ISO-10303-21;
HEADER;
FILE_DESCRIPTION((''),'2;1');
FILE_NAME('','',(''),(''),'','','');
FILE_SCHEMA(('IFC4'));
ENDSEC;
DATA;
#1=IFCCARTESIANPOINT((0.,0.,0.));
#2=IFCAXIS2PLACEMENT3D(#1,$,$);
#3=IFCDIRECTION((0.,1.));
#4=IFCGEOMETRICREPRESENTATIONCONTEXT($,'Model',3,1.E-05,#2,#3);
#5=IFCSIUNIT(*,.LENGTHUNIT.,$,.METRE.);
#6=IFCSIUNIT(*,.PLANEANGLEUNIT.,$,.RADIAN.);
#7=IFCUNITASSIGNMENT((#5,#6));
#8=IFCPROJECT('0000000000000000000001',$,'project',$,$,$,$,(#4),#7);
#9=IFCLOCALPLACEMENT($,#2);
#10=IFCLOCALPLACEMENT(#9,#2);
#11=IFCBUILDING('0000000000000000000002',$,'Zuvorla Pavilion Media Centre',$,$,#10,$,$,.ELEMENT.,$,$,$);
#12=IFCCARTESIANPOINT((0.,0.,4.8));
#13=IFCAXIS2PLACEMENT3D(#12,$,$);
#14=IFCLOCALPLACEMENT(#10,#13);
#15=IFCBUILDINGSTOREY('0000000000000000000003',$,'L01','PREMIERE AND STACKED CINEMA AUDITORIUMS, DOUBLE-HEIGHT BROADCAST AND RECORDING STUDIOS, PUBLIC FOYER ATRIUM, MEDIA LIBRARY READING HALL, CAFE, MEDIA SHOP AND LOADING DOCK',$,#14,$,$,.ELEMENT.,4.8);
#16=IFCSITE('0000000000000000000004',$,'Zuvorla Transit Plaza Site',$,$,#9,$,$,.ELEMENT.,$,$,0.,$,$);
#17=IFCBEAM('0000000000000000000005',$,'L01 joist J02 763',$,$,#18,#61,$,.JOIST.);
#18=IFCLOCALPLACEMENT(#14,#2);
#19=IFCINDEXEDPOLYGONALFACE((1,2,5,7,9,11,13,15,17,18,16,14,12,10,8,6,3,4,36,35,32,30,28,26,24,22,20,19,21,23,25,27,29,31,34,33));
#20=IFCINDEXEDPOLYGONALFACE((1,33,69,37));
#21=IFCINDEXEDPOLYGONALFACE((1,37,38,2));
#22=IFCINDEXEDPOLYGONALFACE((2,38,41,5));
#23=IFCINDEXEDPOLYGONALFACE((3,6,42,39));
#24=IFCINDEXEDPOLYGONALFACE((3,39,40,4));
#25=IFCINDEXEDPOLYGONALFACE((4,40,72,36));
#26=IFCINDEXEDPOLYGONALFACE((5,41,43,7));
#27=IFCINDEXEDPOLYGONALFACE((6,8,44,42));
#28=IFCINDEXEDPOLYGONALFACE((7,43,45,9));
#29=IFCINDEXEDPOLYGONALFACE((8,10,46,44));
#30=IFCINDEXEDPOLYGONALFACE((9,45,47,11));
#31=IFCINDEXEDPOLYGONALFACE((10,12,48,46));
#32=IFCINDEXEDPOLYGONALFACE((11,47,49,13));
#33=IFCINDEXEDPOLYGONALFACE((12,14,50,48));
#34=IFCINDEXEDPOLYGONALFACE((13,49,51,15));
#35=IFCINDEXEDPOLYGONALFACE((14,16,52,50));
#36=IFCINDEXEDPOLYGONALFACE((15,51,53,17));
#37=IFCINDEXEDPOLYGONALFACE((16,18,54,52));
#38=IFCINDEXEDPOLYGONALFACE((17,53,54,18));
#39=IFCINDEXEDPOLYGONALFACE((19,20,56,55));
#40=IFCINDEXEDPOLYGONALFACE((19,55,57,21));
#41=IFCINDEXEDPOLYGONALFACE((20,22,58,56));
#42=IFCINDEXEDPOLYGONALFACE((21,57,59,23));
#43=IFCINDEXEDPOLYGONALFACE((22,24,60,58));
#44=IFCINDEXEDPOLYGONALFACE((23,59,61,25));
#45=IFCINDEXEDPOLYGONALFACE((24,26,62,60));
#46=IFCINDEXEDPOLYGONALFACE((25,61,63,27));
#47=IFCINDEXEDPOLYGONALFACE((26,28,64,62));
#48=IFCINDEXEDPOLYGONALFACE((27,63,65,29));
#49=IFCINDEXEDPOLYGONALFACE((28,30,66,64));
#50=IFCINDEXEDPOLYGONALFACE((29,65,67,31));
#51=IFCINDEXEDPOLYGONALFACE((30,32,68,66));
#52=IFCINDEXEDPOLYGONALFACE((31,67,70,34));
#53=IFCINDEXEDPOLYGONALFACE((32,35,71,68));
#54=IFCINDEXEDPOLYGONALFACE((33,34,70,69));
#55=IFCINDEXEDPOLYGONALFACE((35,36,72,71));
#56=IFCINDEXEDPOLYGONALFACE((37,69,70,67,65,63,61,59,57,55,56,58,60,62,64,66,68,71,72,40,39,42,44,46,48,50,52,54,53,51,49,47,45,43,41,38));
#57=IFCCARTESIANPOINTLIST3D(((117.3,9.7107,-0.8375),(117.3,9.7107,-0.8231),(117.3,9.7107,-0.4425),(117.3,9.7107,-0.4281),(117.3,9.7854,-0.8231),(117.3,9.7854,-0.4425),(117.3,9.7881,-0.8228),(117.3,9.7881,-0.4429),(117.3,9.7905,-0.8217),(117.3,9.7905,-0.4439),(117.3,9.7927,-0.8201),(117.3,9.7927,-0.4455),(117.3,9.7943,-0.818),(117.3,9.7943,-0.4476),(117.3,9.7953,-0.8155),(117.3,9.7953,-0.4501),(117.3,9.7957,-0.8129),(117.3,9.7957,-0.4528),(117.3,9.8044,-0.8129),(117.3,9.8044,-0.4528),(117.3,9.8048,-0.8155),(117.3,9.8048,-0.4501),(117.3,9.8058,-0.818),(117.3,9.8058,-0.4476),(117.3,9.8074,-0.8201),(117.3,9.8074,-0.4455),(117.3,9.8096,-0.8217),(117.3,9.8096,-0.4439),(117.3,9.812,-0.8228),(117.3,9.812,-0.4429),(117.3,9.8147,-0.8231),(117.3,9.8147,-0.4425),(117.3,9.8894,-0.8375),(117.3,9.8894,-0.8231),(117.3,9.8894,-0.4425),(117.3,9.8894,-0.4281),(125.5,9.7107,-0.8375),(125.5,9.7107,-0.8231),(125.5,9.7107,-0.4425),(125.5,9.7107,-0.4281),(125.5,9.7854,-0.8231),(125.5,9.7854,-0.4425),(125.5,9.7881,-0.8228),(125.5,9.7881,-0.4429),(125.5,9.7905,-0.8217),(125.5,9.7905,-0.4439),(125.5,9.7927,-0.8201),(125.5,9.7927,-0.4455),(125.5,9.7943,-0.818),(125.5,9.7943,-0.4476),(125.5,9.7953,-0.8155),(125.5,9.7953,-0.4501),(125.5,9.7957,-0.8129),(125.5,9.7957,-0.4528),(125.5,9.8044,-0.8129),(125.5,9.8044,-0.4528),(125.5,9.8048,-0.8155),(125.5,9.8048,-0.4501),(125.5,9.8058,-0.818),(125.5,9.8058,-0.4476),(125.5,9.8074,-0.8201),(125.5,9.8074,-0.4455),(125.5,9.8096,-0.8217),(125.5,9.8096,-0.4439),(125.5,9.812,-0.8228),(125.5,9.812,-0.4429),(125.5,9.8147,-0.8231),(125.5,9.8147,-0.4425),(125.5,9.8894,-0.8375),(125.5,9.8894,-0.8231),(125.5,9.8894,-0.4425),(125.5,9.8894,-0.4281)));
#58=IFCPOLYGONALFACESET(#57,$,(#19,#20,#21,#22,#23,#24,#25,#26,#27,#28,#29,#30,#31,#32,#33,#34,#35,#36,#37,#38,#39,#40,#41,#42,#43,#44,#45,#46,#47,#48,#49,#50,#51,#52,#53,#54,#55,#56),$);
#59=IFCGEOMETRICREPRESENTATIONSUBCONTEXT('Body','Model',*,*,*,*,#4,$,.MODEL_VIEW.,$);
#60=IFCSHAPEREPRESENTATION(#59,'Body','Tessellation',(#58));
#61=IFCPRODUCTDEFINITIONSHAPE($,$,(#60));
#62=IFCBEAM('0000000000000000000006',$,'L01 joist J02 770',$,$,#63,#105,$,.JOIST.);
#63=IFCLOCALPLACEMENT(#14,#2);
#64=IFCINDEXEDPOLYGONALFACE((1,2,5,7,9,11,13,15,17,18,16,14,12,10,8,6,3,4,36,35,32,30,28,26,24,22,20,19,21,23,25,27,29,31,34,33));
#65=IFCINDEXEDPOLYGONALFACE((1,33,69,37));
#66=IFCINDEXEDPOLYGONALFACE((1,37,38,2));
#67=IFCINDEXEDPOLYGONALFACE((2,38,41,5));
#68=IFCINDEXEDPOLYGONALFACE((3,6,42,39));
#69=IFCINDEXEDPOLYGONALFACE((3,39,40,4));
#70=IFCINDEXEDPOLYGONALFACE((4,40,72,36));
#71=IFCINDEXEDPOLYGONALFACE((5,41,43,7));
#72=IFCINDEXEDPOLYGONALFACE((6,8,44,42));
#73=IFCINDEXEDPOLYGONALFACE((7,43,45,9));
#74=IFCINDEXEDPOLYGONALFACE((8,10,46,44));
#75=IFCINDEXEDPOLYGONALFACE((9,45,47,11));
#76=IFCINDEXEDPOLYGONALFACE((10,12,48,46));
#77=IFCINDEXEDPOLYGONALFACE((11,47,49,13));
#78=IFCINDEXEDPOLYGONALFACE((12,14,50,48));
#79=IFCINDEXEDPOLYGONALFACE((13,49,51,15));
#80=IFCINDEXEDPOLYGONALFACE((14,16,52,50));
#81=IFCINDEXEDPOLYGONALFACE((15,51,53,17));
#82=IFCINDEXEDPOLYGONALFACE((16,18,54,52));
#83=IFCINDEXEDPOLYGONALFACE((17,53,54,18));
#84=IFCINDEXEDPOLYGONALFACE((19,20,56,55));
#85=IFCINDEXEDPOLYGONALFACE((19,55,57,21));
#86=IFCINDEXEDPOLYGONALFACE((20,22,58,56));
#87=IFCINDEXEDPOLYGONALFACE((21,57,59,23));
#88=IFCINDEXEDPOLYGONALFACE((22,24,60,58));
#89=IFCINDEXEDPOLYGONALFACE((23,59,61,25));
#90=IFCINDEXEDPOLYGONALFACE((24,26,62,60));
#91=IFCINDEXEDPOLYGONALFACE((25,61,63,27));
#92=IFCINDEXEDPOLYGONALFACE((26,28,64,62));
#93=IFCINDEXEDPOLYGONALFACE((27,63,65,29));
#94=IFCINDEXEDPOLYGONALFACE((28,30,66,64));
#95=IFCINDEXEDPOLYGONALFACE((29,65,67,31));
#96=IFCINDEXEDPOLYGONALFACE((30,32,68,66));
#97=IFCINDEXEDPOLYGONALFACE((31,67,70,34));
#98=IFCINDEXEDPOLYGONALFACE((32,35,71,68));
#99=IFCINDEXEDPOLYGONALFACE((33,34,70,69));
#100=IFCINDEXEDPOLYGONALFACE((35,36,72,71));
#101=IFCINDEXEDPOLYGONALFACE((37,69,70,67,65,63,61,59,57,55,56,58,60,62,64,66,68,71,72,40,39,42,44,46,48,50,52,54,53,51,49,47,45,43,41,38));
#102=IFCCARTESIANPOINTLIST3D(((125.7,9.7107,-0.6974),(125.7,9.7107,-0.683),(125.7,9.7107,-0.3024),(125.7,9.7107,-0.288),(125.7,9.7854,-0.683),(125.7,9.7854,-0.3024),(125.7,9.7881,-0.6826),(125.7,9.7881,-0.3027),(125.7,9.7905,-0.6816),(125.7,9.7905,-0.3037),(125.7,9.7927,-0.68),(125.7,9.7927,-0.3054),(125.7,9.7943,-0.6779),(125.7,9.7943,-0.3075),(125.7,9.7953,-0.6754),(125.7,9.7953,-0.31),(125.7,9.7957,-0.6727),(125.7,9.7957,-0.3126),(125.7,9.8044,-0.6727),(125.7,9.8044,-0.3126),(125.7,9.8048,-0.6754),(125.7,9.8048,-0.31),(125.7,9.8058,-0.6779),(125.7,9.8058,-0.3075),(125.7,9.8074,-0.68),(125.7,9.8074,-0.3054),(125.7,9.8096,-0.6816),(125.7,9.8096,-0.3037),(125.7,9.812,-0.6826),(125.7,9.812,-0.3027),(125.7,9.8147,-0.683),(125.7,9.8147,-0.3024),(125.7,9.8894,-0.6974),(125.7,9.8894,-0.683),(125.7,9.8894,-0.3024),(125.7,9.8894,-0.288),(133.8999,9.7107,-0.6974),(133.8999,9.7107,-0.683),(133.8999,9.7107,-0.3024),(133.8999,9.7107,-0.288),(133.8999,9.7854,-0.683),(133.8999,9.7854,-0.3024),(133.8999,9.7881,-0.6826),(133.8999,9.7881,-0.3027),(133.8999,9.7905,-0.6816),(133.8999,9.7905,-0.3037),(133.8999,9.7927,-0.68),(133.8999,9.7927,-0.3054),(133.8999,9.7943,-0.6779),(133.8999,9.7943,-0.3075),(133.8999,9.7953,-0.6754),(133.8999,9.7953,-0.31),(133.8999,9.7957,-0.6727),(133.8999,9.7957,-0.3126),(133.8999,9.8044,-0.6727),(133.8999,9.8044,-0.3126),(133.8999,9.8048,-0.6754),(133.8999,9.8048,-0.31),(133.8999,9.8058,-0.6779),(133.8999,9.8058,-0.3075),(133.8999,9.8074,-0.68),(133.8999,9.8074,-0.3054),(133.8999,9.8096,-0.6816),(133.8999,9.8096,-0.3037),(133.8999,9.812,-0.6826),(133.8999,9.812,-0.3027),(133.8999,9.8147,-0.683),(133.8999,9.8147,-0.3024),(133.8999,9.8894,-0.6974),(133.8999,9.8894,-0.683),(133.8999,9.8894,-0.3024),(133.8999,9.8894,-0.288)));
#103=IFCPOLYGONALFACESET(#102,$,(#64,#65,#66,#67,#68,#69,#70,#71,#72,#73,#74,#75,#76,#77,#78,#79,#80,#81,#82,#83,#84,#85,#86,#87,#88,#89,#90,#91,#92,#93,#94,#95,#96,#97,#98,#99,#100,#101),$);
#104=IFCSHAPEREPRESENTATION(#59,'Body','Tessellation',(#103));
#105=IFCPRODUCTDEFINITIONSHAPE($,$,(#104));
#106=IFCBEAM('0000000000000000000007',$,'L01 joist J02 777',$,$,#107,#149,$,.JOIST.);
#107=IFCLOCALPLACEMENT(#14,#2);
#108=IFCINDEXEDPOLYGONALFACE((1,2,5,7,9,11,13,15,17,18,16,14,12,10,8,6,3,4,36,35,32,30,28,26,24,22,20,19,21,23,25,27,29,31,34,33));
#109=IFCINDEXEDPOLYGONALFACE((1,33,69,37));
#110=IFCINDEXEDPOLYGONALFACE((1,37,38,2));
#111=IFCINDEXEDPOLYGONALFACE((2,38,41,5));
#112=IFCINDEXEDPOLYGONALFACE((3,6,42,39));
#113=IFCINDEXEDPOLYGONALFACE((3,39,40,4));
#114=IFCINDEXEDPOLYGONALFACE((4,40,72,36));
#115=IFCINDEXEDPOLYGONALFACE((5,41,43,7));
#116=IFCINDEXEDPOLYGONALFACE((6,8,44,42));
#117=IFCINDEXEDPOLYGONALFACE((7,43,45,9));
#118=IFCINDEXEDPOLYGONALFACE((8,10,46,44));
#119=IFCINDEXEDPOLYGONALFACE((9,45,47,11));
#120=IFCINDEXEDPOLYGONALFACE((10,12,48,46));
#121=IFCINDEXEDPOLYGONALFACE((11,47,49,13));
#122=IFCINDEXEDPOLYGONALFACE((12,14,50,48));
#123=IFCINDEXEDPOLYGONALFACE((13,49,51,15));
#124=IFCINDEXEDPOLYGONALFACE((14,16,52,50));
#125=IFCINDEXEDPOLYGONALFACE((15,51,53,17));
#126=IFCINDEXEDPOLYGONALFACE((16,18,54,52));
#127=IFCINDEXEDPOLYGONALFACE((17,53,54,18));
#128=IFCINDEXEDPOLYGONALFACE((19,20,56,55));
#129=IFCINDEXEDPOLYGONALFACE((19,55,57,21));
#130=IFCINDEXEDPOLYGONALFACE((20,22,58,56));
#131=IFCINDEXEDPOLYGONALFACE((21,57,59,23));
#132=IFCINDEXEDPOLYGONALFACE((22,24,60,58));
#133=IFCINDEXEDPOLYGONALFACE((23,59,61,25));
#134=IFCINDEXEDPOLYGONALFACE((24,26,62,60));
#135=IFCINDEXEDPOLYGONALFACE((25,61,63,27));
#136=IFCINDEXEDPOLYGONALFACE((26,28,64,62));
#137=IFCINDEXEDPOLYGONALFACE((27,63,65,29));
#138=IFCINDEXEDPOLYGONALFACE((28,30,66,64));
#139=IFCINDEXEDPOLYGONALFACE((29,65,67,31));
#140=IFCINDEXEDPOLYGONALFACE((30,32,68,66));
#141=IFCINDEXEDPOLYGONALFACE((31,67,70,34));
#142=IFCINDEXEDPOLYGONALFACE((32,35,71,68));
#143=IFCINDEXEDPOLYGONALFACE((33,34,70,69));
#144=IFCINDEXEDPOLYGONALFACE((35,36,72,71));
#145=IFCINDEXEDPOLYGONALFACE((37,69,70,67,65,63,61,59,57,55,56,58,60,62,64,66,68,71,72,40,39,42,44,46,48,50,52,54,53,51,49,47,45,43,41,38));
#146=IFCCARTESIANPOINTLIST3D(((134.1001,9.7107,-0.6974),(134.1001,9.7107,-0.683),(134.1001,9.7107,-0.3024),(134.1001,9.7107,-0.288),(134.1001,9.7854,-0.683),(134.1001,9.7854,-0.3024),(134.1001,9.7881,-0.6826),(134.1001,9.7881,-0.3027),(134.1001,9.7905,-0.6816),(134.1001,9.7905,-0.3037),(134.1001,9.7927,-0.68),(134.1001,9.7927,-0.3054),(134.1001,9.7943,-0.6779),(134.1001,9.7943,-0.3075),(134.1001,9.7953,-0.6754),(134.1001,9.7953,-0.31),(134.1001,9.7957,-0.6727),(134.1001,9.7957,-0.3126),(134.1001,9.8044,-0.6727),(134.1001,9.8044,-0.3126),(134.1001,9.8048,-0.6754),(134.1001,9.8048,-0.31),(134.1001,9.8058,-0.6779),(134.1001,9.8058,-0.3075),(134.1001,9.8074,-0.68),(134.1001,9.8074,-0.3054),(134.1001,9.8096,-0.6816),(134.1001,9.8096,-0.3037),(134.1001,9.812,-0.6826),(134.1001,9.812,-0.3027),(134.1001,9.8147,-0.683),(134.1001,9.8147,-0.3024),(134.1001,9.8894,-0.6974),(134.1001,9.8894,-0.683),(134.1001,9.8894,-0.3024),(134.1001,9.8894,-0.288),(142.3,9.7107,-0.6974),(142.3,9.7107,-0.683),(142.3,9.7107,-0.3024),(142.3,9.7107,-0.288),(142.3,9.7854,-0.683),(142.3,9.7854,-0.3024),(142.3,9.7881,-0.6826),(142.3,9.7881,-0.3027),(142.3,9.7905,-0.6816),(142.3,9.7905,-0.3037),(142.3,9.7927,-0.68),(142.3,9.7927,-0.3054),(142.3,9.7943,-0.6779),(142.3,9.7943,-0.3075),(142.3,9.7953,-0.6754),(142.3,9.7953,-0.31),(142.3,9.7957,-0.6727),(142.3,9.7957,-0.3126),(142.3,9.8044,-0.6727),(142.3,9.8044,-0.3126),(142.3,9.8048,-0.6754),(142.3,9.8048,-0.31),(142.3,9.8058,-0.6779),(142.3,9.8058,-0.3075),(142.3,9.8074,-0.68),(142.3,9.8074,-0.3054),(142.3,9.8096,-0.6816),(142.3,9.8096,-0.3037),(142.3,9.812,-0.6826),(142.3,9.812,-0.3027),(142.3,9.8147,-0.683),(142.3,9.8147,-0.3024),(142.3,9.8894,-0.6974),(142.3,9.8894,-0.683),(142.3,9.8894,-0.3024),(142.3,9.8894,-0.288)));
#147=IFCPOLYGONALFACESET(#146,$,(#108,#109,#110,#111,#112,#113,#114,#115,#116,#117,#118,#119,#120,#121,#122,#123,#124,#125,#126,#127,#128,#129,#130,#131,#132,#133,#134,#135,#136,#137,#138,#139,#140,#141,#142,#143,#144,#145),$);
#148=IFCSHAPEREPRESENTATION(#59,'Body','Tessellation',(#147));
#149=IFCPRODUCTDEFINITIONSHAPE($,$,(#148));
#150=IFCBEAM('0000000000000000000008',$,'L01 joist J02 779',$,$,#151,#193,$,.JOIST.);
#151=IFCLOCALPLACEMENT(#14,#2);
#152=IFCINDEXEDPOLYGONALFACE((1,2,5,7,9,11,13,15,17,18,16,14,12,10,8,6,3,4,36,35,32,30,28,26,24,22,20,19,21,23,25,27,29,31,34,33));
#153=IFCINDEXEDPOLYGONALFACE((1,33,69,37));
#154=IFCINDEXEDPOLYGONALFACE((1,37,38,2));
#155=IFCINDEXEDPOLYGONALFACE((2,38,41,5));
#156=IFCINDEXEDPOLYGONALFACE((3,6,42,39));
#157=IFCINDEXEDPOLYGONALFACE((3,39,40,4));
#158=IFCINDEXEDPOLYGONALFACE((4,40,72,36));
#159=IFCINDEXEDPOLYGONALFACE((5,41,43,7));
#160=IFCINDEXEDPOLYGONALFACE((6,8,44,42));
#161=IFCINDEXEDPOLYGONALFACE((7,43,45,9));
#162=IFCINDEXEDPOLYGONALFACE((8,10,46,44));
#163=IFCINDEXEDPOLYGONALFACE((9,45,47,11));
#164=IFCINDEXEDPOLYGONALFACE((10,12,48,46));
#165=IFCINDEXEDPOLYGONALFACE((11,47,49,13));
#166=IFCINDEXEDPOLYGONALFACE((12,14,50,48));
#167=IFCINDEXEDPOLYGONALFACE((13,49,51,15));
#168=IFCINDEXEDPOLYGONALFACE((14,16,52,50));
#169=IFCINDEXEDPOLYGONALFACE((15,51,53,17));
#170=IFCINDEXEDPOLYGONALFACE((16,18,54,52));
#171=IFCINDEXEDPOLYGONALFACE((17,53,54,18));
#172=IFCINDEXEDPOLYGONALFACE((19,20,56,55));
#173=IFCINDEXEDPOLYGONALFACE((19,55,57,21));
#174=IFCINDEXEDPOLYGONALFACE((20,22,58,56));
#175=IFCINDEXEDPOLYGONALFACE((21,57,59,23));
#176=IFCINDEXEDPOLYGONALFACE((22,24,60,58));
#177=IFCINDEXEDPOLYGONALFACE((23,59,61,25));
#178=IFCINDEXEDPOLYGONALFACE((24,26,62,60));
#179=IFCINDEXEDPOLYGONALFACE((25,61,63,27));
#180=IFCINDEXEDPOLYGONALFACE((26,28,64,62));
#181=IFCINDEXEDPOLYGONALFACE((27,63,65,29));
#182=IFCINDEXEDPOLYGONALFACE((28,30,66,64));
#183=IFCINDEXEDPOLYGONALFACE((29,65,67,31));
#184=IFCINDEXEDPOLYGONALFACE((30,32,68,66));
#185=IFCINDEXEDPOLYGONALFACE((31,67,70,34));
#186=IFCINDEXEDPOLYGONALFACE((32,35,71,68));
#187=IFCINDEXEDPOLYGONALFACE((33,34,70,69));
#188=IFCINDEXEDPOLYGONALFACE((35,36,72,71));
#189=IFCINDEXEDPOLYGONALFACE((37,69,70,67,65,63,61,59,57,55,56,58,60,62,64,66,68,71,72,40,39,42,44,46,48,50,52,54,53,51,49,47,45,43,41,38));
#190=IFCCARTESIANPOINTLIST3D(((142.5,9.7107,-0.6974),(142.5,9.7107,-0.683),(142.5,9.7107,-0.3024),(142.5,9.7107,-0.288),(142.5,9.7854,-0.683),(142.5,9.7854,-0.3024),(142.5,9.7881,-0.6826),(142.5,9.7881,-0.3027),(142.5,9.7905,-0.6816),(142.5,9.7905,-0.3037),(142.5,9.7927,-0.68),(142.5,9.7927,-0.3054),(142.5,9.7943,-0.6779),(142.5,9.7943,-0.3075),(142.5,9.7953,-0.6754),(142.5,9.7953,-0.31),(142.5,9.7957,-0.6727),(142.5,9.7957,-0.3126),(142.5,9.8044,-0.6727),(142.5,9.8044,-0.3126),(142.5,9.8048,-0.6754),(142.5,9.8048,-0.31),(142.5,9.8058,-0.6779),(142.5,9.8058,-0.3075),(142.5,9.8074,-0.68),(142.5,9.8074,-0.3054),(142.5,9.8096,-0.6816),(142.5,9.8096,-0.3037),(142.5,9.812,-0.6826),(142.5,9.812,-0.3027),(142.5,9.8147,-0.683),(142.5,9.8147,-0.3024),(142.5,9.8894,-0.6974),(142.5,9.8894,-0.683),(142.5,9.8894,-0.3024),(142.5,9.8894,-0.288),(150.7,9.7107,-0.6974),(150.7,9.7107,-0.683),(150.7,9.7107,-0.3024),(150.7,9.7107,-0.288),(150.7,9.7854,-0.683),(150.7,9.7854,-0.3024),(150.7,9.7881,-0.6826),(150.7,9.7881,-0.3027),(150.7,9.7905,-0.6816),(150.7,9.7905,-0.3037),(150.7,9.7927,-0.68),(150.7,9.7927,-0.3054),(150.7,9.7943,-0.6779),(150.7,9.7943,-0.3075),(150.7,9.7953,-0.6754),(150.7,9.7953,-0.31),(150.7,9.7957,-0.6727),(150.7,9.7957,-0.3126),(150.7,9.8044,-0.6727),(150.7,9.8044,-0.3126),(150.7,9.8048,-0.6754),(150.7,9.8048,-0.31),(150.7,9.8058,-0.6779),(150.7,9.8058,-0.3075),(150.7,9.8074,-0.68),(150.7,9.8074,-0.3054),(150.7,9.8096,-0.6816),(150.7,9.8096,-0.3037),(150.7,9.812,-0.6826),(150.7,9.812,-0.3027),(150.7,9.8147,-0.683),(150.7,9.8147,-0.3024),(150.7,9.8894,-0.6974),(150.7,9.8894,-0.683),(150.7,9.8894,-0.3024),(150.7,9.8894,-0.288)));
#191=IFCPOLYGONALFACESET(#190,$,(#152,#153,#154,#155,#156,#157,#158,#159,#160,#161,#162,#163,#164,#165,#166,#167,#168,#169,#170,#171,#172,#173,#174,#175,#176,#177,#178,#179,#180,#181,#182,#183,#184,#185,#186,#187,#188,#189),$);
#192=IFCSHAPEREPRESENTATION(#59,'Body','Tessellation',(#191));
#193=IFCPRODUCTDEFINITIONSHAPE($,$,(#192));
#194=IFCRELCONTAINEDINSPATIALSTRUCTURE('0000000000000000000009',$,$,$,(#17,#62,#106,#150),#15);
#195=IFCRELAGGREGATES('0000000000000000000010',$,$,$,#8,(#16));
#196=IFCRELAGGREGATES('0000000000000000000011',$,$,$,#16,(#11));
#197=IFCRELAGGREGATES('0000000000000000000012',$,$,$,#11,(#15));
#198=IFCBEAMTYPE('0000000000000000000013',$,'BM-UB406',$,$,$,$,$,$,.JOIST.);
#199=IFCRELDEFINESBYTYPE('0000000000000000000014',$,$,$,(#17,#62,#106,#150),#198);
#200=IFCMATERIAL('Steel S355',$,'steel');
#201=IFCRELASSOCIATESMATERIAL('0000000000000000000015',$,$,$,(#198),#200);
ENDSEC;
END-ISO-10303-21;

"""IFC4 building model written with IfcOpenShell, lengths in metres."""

from ifc_helpers import new_model, si_unit, direction, frame, origin, origin_2d, place, context, subcontext, project, spatial, i_section, extrude, material, material_profile, profile_set, type_object, element, save


model = new_model("IFC4")

# Units and contexts
model_context = context("Model", 3, precision=1e-05, world=origin(), true_north=direction((0.0, 1.0)))
body_context = subcontext(model_context, "Body", "Model", "MODEL_VIEW")
ifc_project = project(units=[si_unit("LENGTHUNIT", "METRE"), si_unit("PLANEANGLEUNIT", "RADIAN")], contexts=[model_context])

# Site, building, storey
site_placement = place(None, origin())
site = spatial("IfcSite", under=ifc_project, at=site_placement, Name="Zuvorla Transit Plaza Site", CompositionType="ELEMENT", RefElevation=0.0)
building_placement = place(site_placement, origin())
building = spatial("IfcBuilding", under=site, at=building_placement, Name="Zuvorla Pavilion Media Centre", CompositionType="ELEMENT")
storey_placement = place(building_placement, frame((0.0, 0.0, 4.8)))
storey = spatial("IfcBuildingStorey", under=building, at=storey_placement, Name="L01", Description="PREMIERE AND STACKED CINEMA AUDITORIUMS, DOUBLE-HEIGHT BROADCAST AND RECORDING STUDIOS, PUBLIC FOYER ATRIUM, MEDIA LIBRARY READING HALL, CAFE, MEDIA SHOP AND LOADING DOCK", CompositionType="ELEMENT", Elevation=4.8)

# Shared definitions
ifc_material_1 = material(Name="Steel S355", Category="steel")

# Beams
ifc_material_profile_1 = material_profile(ifc_material_1, i_section(OverallWidth=0.1787, OverallDepth=0.4094, WebThickness=0.0088, FlangeThickness=0.0144, FilletRadius=0.0103, at=origin_2d()), Name="UB 406x178x67")
ifc_profile_set_1 = profile_set([ifc_material_profile_1], Name="Steel S355")
beam_type_1 = type_object("IfcBeamType", Name="BM-UB406", PredefinedType="JOIST", material=ifc_profile_set_1)
for number, where, z_axis, x_axis, name in (
    (1, (117.3, 9.8, -0.6328), (1.0, 0.0, 0.0), (0.0, 1.0, 0.0), "L01 joist J02 763"),
    (2, (125.7, 9.8, -0.4927), (1.0, 0.0, 0.0), (0.0, 1.0, 0.0), "L01 joist J02 770"),
    (3, (134.1001, 9.8, -0.4927), (1.0, 0.0, 0.0), (0.0, 1.0, 0.0), "L01 joist J02 777"),
    (4, (142.5, 9.8, -0.4927), (1.0, 0.0, 0.0), (0.0, 1.0, 0.0), "L01 joist J02 779"),
):
    element("IfcBeam", number, at=place(storey_placement, frame(where, z_axis=z_axis, x_axis=x_axis)), inside=storey, type_object=beam_type_1, Name=name, PredefinedType="JOIST", context=body_context, shape_type="SweptSolid", body=[
        extrude(i_section(OverallWidth=0.1787, OverallDepth=0.4094, WebThickness=0.0088, FlangeThickness=0.0144, FilletRadius=0.0103, at=origin_2d()), origin(), (0.0, 0.0, 1.0), 8.2),
    ])

save(model, "model.ifc")
